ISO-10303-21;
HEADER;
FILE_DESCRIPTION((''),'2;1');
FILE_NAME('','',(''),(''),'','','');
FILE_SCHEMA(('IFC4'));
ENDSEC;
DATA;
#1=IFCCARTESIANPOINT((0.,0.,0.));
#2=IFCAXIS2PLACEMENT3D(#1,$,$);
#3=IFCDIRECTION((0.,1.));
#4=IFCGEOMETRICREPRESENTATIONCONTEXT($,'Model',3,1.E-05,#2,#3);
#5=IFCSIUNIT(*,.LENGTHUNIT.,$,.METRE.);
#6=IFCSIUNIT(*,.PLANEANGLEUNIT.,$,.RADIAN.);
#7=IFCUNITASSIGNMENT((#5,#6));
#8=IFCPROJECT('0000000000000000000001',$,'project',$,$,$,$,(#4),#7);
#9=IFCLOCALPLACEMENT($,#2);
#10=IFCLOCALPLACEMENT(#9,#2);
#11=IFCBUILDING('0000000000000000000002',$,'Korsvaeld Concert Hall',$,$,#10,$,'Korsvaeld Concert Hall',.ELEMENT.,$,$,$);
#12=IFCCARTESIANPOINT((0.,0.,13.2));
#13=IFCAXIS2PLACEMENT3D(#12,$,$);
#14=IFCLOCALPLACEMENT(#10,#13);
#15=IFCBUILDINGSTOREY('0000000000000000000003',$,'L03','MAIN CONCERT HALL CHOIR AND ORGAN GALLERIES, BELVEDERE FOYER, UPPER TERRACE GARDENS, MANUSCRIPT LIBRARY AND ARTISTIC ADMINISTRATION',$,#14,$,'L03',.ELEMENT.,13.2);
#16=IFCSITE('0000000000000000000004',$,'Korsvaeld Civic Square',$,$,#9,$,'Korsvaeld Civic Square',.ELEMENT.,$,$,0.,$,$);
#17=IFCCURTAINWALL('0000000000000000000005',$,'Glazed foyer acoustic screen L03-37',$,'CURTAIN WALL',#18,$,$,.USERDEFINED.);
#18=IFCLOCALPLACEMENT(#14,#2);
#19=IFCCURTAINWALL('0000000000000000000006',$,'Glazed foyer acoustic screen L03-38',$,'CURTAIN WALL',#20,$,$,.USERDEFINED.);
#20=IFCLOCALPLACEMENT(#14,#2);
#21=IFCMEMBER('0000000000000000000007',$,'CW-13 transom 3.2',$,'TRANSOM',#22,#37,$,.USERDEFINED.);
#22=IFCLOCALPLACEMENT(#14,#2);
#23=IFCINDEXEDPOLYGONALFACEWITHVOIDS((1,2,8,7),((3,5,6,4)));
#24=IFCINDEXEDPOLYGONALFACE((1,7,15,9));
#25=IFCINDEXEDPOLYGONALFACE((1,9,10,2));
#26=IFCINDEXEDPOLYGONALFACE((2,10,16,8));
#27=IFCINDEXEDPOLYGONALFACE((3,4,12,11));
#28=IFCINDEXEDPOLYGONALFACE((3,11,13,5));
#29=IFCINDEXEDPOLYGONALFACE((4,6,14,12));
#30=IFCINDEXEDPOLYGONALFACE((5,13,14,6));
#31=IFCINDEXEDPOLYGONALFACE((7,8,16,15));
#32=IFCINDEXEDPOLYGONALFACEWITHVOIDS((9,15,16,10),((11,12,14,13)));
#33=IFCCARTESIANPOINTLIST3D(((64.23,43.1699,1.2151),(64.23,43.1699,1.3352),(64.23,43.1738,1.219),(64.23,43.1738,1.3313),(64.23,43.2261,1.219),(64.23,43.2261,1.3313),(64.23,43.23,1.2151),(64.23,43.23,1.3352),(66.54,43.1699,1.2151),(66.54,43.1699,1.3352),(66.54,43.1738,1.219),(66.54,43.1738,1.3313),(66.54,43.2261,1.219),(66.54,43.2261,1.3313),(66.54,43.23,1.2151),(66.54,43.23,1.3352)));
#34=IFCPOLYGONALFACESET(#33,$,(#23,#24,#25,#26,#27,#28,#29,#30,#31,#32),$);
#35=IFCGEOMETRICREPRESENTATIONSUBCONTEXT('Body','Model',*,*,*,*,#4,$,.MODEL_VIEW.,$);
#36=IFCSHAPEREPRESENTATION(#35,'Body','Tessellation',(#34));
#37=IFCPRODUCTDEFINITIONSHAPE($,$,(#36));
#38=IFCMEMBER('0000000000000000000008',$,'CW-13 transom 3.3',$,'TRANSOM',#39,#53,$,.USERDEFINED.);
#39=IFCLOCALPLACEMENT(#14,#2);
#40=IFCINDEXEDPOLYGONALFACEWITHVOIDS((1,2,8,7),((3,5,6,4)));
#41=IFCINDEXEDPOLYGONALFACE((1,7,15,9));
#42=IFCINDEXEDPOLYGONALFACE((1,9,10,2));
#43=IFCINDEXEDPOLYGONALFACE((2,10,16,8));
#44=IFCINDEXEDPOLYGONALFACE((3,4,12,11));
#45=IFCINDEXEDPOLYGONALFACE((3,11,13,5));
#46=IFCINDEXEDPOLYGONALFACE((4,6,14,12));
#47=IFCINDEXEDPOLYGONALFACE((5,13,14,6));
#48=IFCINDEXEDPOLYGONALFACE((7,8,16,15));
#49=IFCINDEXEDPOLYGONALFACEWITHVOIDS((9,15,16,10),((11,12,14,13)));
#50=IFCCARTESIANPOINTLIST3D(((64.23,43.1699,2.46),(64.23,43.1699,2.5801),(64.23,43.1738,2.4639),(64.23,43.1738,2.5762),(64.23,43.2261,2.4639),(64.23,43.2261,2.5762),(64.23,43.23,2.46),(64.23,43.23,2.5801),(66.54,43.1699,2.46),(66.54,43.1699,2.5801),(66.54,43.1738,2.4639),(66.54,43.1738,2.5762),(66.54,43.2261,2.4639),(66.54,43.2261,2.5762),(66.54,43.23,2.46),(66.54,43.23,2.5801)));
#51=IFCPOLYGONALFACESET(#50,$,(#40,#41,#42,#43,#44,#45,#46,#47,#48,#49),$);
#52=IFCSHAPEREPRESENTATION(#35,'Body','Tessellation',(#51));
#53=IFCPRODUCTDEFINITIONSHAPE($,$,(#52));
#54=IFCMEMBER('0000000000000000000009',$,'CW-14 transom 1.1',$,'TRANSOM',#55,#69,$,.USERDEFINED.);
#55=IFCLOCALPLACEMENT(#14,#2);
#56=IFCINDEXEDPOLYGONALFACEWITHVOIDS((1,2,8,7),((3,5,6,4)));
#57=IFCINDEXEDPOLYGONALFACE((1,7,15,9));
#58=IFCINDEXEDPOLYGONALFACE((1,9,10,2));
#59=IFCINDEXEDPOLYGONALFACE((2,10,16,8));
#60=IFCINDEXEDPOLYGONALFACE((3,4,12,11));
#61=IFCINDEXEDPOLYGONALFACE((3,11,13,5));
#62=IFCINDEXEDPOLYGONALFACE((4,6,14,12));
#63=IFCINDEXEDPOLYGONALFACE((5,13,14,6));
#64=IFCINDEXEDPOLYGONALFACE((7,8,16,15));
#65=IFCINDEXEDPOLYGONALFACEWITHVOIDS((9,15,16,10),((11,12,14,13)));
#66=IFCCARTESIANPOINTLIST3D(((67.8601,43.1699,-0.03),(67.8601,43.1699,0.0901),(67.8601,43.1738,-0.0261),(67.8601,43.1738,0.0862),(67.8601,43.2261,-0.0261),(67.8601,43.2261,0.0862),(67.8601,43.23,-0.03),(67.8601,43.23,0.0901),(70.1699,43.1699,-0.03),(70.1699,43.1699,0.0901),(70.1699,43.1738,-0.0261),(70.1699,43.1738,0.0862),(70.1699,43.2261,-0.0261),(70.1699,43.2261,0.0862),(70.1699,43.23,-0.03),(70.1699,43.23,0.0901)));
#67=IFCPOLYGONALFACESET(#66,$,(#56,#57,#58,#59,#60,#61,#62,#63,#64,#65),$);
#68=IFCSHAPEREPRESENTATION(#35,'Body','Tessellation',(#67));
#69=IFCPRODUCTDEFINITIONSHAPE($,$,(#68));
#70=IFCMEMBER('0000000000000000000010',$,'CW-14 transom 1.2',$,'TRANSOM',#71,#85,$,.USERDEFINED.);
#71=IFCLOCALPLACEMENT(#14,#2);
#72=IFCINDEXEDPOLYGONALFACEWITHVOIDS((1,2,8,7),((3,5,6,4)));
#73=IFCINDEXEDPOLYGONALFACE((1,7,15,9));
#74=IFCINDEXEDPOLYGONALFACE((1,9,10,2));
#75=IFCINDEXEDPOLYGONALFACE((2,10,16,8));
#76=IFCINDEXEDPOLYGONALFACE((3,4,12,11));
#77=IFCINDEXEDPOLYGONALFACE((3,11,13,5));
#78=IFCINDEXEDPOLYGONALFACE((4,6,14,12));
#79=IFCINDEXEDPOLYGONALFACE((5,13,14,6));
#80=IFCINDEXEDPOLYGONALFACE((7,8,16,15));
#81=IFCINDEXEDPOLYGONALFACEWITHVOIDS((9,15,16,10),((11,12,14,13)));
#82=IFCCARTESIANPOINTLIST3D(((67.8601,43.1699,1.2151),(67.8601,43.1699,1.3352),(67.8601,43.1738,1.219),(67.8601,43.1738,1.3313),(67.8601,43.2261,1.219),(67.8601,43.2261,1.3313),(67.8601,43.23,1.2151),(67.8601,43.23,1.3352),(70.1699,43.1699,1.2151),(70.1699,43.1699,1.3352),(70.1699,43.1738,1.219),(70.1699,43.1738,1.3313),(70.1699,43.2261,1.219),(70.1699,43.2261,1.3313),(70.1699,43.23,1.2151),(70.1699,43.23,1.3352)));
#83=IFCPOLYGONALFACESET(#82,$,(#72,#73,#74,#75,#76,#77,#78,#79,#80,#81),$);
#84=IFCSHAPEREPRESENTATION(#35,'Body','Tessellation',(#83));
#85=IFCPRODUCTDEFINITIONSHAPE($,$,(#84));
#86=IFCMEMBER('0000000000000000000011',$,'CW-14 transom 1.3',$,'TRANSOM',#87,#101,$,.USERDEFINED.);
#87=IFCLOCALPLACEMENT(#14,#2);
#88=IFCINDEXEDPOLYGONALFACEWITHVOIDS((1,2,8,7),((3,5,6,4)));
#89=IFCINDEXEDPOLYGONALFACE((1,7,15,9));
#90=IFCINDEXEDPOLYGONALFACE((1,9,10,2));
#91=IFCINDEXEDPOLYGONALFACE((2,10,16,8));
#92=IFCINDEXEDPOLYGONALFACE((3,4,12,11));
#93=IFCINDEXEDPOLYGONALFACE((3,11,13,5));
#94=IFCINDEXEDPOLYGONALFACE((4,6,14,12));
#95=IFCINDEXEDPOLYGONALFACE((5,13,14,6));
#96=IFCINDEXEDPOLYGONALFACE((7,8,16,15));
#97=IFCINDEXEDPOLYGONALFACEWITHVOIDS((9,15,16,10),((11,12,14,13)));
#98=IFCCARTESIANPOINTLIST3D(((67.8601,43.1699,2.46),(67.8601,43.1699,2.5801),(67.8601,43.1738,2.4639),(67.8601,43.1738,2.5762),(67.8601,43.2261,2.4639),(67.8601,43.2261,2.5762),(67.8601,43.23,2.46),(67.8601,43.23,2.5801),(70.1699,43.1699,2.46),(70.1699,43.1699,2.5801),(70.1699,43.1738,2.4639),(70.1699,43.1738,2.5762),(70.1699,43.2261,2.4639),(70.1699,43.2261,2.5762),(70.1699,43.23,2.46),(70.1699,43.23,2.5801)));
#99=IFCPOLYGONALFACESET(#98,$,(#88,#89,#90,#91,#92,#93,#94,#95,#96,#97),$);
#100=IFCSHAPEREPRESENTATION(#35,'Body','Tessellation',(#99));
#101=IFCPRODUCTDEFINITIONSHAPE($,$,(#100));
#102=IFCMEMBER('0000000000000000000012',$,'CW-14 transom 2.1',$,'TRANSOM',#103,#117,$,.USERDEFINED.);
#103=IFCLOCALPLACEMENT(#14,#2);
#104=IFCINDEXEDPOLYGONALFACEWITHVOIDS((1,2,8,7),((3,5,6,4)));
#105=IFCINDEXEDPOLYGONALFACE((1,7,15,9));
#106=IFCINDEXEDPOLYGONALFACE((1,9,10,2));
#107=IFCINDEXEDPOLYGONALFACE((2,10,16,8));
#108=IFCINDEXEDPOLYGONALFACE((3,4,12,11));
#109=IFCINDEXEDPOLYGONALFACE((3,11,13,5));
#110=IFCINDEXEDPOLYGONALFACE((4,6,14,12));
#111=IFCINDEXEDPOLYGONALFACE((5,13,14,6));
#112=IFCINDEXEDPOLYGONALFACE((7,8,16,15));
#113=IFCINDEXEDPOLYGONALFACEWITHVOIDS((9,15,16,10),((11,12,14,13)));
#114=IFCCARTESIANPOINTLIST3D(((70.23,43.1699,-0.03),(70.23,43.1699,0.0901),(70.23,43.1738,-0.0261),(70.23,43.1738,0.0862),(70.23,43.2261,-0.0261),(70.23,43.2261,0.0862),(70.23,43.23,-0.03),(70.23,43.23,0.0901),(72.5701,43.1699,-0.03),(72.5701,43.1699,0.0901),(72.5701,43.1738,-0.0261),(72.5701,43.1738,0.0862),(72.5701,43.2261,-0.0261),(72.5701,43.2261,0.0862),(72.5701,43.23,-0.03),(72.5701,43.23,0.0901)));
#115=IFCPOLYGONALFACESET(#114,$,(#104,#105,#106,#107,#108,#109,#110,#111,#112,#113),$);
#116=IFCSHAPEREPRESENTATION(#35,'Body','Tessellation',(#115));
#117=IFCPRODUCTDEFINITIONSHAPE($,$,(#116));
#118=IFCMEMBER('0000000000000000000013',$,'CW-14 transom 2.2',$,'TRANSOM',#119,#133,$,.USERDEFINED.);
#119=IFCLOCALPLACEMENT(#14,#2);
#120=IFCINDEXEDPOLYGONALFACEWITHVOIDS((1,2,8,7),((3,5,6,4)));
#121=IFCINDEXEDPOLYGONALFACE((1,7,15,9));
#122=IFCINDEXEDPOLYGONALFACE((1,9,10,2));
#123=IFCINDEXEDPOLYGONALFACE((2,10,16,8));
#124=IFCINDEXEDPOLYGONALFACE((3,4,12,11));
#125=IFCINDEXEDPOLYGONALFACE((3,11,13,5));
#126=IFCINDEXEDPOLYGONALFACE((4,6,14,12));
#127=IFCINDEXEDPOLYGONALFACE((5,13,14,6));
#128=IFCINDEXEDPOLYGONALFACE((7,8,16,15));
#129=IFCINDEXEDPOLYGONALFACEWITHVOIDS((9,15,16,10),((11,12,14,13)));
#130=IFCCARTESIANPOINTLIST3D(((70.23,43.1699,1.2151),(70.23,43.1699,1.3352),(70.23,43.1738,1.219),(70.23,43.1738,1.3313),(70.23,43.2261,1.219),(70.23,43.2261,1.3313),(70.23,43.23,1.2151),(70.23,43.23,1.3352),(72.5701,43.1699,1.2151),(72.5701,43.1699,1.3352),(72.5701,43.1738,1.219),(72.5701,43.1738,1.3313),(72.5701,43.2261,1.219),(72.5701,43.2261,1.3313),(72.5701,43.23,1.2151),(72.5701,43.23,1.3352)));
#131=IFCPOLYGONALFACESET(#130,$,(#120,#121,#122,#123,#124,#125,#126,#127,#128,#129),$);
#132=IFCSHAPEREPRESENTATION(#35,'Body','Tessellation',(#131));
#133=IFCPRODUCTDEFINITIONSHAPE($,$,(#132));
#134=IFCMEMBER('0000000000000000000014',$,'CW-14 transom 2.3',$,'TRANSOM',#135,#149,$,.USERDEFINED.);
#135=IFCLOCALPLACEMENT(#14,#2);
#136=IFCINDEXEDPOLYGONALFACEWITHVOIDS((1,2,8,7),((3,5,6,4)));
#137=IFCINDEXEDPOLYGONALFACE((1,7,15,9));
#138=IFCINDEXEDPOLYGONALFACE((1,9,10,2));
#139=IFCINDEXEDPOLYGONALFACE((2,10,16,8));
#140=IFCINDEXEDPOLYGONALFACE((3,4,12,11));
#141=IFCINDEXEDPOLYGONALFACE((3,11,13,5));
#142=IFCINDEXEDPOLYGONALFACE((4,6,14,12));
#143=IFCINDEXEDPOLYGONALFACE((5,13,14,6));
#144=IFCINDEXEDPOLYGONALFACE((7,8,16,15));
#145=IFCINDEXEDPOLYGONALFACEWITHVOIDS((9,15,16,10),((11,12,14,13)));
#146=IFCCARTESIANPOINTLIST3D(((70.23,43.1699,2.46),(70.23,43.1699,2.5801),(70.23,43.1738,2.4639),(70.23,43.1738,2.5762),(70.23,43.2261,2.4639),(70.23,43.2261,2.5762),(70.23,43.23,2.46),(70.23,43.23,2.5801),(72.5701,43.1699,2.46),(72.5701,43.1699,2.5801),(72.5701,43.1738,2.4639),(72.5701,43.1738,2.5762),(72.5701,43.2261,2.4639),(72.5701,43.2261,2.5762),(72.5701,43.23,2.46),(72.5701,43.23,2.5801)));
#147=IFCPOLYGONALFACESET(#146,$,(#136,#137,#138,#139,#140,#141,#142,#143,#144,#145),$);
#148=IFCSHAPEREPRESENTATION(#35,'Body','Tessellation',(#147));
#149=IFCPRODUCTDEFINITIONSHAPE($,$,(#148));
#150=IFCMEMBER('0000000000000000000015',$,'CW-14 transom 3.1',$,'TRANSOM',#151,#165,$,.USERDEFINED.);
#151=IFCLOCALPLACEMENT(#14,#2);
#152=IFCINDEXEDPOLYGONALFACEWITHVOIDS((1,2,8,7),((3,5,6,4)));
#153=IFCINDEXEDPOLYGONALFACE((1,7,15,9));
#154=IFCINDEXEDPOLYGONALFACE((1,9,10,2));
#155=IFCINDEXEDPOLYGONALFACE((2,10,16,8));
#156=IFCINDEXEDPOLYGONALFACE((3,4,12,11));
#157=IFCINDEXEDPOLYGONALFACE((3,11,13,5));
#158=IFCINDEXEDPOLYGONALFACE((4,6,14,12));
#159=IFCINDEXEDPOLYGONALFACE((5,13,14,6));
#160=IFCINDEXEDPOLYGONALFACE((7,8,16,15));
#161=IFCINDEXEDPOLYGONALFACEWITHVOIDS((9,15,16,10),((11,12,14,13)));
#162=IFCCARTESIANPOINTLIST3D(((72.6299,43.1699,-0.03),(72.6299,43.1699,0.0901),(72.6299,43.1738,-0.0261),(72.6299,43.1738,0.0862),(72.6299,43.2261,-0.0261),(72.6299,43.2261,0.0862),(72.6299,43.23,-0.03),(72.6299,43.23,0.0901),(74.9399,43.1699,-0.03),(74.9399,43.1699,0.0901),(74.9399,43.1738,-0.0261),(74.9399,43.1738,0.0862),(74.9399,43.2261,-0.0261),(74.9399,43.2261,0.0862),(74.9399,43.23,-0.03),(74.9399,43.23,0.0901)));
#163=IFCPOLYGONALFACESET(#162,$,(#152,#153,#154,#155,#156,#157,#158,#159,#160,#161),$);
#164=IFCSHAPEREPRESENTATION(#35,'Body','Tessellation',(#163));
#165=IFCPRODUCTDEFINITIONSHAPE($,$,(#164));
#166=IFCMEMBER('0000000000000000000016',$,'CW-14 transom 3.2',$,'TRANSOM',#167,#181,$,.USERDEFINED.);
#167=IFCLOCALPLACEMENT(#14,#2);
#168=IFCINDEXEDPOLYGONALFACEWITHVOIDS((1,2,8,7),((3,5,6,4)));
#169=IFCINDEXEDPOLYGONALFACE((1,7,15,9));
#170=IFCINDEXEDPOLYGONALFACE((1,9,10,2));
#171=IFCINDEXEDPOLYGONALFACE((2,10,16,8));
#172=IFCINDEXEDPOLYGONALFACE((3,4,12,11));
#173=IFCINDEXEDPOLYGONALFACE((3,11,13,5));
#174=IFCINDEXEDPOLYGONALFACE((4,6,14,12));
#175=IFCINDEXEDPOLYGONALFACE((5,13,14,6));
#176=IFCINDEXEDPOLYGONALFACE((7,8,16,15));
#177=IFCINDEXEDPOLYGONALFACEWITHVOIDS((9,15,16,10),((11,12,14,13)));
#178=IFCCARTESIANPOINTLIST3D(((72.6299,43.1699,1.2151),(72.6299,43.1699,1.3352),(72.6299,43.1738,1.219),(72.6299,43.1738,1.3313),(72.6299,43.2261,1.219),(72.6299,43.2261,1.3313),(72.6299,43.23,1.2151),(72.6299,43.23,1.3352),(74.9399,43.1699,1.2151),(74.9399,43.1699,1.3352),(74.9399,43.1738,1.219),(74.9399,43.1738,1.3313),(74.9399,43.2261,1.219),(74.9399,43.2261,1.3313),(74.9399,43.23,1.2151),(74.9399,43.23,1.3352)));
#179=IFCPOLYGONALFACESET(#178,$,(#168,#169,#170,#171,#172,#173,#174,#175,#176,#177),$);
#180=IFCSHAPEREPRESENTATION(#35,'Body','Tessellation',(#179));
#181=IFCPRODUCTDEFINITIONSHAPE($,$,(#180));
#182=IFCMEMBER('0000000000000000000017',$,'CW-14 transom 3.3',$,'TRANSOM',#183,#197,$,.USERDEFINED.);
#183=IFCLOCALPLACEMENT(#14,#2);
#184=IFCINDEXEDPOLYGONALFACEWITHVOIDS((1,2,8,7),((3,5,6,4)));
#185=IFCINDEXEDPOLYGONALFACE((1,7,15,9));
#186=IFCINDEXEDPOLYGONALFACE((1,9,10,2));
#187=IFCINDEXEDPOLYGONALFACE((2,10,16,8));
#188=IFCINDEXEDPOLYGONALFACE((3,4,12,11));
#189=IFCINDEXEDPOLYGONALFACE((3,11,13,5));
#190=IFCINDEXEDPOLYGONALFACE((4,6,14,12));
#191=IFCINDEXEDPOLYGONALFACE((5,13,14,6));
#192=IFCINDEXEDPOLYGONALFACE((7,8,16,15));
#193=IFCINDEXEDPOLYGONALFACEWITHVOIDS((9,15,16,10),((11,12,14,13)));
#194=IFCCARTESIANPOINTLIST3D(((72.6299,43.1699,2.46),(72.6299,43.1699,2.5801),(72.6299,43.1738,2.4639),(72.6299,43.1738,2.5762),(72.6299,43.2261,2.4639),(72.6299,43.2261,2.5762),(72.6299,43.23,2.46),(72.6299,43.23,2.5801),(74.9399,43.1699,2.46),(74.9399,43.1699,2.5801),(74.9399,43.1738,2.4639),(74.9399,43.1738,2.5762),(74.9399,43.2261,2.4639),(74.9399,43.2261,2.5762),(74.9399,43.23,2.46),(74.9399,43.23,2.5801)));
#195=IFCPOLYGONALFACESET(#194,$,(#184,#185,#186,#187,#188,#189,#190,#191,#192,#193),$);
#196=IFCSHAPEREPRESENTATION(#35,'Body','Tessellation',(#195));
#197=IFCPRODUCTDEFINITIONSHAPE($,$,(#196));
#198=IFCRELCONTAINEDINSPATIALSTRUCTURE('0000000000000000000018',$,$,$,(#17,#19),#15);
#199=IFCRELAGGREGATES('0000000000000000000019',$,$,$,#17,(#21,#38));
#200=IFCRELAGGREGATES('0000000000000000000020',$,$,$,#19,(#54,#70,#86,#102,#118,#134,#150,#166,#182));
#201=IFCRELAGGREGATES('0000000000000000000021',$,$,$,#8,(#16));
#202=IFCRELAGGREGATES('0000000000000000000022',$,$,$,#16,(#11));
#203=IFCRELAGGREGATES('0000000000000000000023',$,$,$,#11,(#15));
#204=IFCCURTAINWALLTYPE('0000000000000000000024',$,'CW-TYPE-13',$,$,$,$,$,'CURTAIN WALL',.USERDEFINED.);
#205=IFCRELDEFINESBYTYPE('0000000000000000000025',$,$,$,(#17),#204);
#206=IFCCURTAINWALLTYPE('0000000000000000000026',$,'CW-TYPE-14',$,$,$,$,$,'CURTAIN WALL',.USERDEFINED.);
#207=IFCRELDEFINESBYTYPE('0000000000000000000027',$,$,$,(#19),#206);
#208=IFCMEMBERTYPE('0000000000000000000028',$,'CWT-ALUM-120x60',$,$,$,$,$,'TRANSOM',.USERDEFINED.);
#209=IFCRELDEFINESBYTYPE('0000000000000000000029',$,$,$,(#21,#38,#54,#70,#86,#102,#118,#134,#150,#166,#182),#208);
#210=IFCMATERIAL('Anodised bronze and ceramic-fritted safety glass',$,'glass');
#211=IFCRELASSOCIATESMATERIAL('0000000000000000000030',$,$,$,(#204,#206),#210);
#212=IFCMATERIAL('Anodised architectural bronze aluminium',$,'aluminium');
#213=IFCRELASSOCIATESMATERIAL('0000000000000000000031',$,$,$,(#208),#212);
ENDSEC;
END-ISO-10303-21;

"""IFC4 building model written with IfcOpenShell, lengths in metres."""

from ifc_helpers import new_model, si_unit, direction, frame, origin, origin_2d, place, context, subcontext, project, spatial, hollow_rectangle, extrude, material, material_profile, profile_set, type_object, element, aggregate, save


model = new_model("IFC4")

# Units and contexts
model_context = context("Model", 3, precision=1e-05, world=origin(), true_north=direction((0.0, 1.0)))
body_context = subcontext(model_context, "Body", "Model", "MODEL_VIEW")
ifc_project = project(units=[si_unit("LENGTHUNIT", "METRE"), si_unit("PLANEANGLEUNIT", "RADIAN")], contexts=[model_context])

# Site, building, storey
site_placement = place(None, origin())
site = spatial("IfcSite", under=ifc_project, at=site_placement, Name="Korsvaeld Civic Square", LongName="Korsvaeld Civic Square", CompositionType="ELEMENT", RefElevation=0.0)
building_placement = place(site_placement, origin())
building = spatial("IfcBuilding", under=site, at=building_placement, Name="Korsvaeld Concert Hall", LongName="Korsvaeld Concert Hall", CompositionType="ELEMENT")
storey_placement = place(building_placement, frame((0.0, 0.0, 13.2)))
storey = spatial("IfcBuildingStorey", under=building, at=storey_placement, Name="L03", Description="MAIN CONCERT HALL CHOIR AND ORGAN GALLERIES, BELVEDERE FOYER, UPPER TERRACE GARDENS, MANUSCRIPT LIBRARY AND ARTISTIC ADMINISTRATION", LongName="L03", CompositionType="ELEMENT", Elevation=13.2)

# Curtain walls
ifc_material_1 = material(Name="Anodised bronze and ceramic-fritted safety glass", Category="glass")
curtain_wall_type_1 = type_object("IfcCurtainWallType", Name="CW-TYPE-13", ElementType="CURTAIN WALL", PredefinedType="USERDEFINED", material=ifc_material_1)
curtain_wall_1_placement = place(storey_placement, origin())
curtain_wall_1 = element("IfcCurtainWall", 1, at=curtain_wall_1_placement, inside=storey, type_object=curtain_wall_type_1, Name="Glazed foyer acoustic screen L03-37", ObjectType="CURTAIN WALL", PredefinedType="USERDEFINED")
ifc_material_2 = material(Name="Anodised architectural bronze aluminium", Category="aluminium")
curtain_wall_type_2 = type_object("IfcCurtainWallType", Name="CW-TYPE-14", ElementType="CURTAIN WALL", PredefinedType="USERDEFINED", material=ifc_material_1)
curtain_wall_2_placement = place(storey_placement, origin())
curtain_wall_2 = element("IfcCurtainWall", 2, at=curtain_wall_2_placement, inside=storey, type_object=curtain_wall_type_2, Name="Glazed foyer acoustic screen L03-38", ObjectType="CURTAIN WALL", PredefinedType="USERDEFINED")

# Members
ifc_material_profile_1 = material_profile(ifc_material_2, hollow_rectangle(XDim=0.0601, YDim=0.1201, WallThickness=0.0039, at=origin_2d()), Name="CWT 120x60x4")
ifc_profile_set_1 = profile_set([ifc_material_profile_1], Name="Anodised architectural bronze aluminium")
member_type_1 = type_object("IfcMemberType", Name="CWT-ALUM-120x60", ElementType="TRANSOM", PredefinedType="USERDEFINED", material=ifc_profile_set_1)
member_1_placement = place(storey_placement, frame((64.23, 43.2, 1.2751), z_axis=(1.0, 0.0, 0.0), x_axis=(0.0, 1.0, 0.0)))
member_1 = element("IfcMember", 3, at=member_1_placement, type_object=member_type_1, Name="CW-13 transom 3.2", ObjectType="TRANSOM", PredefinedType="USERDEFINED", context=body_context, shape_type="SweptSolid", body=[
    extrude(hollow_rectangle(XDim=0.0601, YDim=0.1201, WallThickness=0.0039, at=origin_2d()), origin(), (0.0, 0.0, 1.0), 2.3101),
])
member_2_placement = place(storey_placement, frame((64.23, 43.2, 2.52), z_axis=(1.0, 0.0, 0.0), x_axis=(0.0, 1.0, 0.0)))
member_2 = element("IfcMember", 4, at=member_2_placement, type_object=member_type_1, Name="CW-13 transom 3.3", ObjectType="TRANSOM", PredefinedType="USERDEFINED", context=body_context, shape_type="SweptSolid", body=[
    extrude(hollow_rectangle(XDim=0.0601, YDim=0.1201, WallThickness=0.0039, at=origin_2d()), origin(), (0.0, 0.0, 1.0), 2.3101),
])
member_3_placement = place(storey_placement, frame((67.8601, 43.2, 0.03), z_axis=(1.0, 0.0, 0.0), x_axis=(0.0, 1.0, 0.0)))
member_3 = element("IfcMember", 5, at=member_3_placement, type_object=member_type_1, Name="CW-14 transom 1.1", ObjectType="TRANSOM", PredefinedType="USERDEFINED", context=body_context, shape_type="SweptSolid", body=[
    extrude(hollow_rectangle(XDim=0.0601, YDim=0.1201, WallThickness=0.0039, at=origin_2d()), origin(), (0.0, 0.0, 1.0), 2.3098),
])
member_4_placement = place(storey_placement, frame((67.8601, 43.2, 1.2751), z_axis=(1.0, 0.0, 0.0), x_axis=(0.0, 1.0, 0.0)))
member_4 = element("IfcMember", 6, at=member_4_placement, type_object=member_type_1, Name="CW-14 transom 1.2", ObjectType="TRANSOM", PredefinedType="USERDEFINED", context=body_context, shape_type="SweptSolid", body=[
    extrude(hollow_rectangle(XDim=0.0601, YDim=0.1201, WallThickness=0.0039, at=origin_2d()), origin(), (0.0, 0.0, 1.0), 2.3098),
])
member_5_placement = place(storey_placement, frame((67.8601, 43.2, 2.52), z_axis=(1.0, 0.0, 0.0), x_axis=(0.0, 1.0, 0.0)))
member_5 = element("IfcMember", 7, at=member_5_placement, type_object=member_type_1, Name="CW-14 transom 1.3", ObjectType="TRANSOM", PredefinedType="USERDEFINED", context=body_context, shape_type="SweptSolid", body=[
    extrude(hollow_rectangle(XDim=0.0601, YDim=0.1201, WallThickness=0.0039, at=origin_2d()), origin(), (0.0, 0.0, 1.0), 2.3098),
])
member_6_placement = place(storey_placement, frame((70.23, 43.2, 0.03), z_axis=(1.0, 0.0, 0.0), x_axis=(0.0, 1.0, 0.0)))
member_6 = element("IfcMember", 8, at=member_6_placement, type_object=member_type_1, Name="CW-14 transom 2.1", ObjectType="TRANSOM", PredefinedType="USERDEFINED", context=body_context, shape_type="SweptSolid", body=[
    extrude(hollow_rectangle(XDim=0.0601, YDim=0.1201, WallThickness=0.0039, at=origin_2d()), origin(), (0.0, 0.0, 1.0), 2.3401),
])
member_7_placement = place(storey_placement, frame((70.23, 43.2, 1.2751), z_axis=(1.0, 0.0, 0.0), x_axis=(0.0, 1.0, 0.0)))
member_7 = element("IfcMember", 9, at=member_7_placement, type_object=member_type_1, Name="CW-14 transom 2.2", ObjectType="TRANSOM", PredefinedType="USERDEFINED", context=body_context, shape_type="SweptSolid", body=[
    extrude(hollow_rectangle(XDim=0.0601, YDim=0.1201, WallThickness=0.0039, at=origin_2d()), origin(), (0.0, 0.0, 1.0), 2.3401),
])
member_8_placement = place(storey_placement, frame((70.23, 43.2, 2.52), z_axis=(1.0, 0.0, 0.0), x_axis=(0.0, 1.0, 0.0)))
member_8 = element("IfcMember", 10, at=member_8_placement, type_object=member_type_1, Name="CW-14 transom 2.3", ObjectType="TRANSOM", PredefinedType="USERDEFINED", context=body_context, shape_type="SweptSolid", body=[
    extrude(hollow_rectangle(XDim=0.0601, YDim=0.1201, WallThickness=0.0039, at=origin_2d()), origin(), (0.0, 0.0, 1.0), 2.3401),
])
member_9_placement = place(storey_placement, frame((72.6299, 43.2, 0.03), z_axis=(1.0, 0.0, 0.0), x_axis=(0.0, 1.0, 0.0)))
member_9 = element("IfcMember", 11, at=member_9_placement, type_object=member_type_1, Name="CW-14 transom 3.1", ObjectType="TRANSOM", PredefinedType="USERDEFINED", context=body_context, shape_type="SweptSolid", body=[
    extrude(hollow_rectangle(XDim=0.0601, YDim=0.1201, WallThickness=0.0039, at=origin_2d()), origin(), (0.0, 0.0, 1.0), 2.3101),
])
member_10_placement = place(storey_placement, frame((72.6299, 43.2, 1.2751), z_axis=(1.0, 0.0, 0.0), x_axis=(0.0, 1.0, 0.0)))
member_10 = element("IfcMember", 12, at=member_10_placement, type_object=member_type_1, Name="CW-14 transom 3.2", ObjectType="TRANSOM", PredefinedType="USERDEFINED", context=body_context, shape_type="SweptSolid", body=[
    extrude(hollow_rectangle(XDim=0.0601, YDim=0.1201, WallThickness=0.0039, at=origin_2d()), origin(), (0.0, 0.0, 1.0), 2.3101),
])
member_11_placement = place(storey_placement, frame((72.6299, 43.2, 2.52), z_axis=(1.0, 0.0, 0.0), x_axis=(0.0, 1.0, 0.0)))
member_11 = element("IfcMember", 13, at=member_11_placement, type_object=member_type_1, Name="CW-14 transom 3.3", ObjectType="TRANSOM", PredefinedType="USERDEFINED", context=body_context, shape_type="SweptSolid", body=[
    extrude(hollow_rectangle(XDim=0.0601, YDim=0.1201, WallThickness=0.0039, at=origin_2d()), origin(), (0.0, 0.0, 1.0), 2.3101),
])

aggregate(curtain_wall_1, [member_1, member_2])
aggregate(curtain_wall_2, [member_3, member_4, member_5, member_6, member_7, member_8, member_9, member_10, member_11])

save(model, "model.ifc")
